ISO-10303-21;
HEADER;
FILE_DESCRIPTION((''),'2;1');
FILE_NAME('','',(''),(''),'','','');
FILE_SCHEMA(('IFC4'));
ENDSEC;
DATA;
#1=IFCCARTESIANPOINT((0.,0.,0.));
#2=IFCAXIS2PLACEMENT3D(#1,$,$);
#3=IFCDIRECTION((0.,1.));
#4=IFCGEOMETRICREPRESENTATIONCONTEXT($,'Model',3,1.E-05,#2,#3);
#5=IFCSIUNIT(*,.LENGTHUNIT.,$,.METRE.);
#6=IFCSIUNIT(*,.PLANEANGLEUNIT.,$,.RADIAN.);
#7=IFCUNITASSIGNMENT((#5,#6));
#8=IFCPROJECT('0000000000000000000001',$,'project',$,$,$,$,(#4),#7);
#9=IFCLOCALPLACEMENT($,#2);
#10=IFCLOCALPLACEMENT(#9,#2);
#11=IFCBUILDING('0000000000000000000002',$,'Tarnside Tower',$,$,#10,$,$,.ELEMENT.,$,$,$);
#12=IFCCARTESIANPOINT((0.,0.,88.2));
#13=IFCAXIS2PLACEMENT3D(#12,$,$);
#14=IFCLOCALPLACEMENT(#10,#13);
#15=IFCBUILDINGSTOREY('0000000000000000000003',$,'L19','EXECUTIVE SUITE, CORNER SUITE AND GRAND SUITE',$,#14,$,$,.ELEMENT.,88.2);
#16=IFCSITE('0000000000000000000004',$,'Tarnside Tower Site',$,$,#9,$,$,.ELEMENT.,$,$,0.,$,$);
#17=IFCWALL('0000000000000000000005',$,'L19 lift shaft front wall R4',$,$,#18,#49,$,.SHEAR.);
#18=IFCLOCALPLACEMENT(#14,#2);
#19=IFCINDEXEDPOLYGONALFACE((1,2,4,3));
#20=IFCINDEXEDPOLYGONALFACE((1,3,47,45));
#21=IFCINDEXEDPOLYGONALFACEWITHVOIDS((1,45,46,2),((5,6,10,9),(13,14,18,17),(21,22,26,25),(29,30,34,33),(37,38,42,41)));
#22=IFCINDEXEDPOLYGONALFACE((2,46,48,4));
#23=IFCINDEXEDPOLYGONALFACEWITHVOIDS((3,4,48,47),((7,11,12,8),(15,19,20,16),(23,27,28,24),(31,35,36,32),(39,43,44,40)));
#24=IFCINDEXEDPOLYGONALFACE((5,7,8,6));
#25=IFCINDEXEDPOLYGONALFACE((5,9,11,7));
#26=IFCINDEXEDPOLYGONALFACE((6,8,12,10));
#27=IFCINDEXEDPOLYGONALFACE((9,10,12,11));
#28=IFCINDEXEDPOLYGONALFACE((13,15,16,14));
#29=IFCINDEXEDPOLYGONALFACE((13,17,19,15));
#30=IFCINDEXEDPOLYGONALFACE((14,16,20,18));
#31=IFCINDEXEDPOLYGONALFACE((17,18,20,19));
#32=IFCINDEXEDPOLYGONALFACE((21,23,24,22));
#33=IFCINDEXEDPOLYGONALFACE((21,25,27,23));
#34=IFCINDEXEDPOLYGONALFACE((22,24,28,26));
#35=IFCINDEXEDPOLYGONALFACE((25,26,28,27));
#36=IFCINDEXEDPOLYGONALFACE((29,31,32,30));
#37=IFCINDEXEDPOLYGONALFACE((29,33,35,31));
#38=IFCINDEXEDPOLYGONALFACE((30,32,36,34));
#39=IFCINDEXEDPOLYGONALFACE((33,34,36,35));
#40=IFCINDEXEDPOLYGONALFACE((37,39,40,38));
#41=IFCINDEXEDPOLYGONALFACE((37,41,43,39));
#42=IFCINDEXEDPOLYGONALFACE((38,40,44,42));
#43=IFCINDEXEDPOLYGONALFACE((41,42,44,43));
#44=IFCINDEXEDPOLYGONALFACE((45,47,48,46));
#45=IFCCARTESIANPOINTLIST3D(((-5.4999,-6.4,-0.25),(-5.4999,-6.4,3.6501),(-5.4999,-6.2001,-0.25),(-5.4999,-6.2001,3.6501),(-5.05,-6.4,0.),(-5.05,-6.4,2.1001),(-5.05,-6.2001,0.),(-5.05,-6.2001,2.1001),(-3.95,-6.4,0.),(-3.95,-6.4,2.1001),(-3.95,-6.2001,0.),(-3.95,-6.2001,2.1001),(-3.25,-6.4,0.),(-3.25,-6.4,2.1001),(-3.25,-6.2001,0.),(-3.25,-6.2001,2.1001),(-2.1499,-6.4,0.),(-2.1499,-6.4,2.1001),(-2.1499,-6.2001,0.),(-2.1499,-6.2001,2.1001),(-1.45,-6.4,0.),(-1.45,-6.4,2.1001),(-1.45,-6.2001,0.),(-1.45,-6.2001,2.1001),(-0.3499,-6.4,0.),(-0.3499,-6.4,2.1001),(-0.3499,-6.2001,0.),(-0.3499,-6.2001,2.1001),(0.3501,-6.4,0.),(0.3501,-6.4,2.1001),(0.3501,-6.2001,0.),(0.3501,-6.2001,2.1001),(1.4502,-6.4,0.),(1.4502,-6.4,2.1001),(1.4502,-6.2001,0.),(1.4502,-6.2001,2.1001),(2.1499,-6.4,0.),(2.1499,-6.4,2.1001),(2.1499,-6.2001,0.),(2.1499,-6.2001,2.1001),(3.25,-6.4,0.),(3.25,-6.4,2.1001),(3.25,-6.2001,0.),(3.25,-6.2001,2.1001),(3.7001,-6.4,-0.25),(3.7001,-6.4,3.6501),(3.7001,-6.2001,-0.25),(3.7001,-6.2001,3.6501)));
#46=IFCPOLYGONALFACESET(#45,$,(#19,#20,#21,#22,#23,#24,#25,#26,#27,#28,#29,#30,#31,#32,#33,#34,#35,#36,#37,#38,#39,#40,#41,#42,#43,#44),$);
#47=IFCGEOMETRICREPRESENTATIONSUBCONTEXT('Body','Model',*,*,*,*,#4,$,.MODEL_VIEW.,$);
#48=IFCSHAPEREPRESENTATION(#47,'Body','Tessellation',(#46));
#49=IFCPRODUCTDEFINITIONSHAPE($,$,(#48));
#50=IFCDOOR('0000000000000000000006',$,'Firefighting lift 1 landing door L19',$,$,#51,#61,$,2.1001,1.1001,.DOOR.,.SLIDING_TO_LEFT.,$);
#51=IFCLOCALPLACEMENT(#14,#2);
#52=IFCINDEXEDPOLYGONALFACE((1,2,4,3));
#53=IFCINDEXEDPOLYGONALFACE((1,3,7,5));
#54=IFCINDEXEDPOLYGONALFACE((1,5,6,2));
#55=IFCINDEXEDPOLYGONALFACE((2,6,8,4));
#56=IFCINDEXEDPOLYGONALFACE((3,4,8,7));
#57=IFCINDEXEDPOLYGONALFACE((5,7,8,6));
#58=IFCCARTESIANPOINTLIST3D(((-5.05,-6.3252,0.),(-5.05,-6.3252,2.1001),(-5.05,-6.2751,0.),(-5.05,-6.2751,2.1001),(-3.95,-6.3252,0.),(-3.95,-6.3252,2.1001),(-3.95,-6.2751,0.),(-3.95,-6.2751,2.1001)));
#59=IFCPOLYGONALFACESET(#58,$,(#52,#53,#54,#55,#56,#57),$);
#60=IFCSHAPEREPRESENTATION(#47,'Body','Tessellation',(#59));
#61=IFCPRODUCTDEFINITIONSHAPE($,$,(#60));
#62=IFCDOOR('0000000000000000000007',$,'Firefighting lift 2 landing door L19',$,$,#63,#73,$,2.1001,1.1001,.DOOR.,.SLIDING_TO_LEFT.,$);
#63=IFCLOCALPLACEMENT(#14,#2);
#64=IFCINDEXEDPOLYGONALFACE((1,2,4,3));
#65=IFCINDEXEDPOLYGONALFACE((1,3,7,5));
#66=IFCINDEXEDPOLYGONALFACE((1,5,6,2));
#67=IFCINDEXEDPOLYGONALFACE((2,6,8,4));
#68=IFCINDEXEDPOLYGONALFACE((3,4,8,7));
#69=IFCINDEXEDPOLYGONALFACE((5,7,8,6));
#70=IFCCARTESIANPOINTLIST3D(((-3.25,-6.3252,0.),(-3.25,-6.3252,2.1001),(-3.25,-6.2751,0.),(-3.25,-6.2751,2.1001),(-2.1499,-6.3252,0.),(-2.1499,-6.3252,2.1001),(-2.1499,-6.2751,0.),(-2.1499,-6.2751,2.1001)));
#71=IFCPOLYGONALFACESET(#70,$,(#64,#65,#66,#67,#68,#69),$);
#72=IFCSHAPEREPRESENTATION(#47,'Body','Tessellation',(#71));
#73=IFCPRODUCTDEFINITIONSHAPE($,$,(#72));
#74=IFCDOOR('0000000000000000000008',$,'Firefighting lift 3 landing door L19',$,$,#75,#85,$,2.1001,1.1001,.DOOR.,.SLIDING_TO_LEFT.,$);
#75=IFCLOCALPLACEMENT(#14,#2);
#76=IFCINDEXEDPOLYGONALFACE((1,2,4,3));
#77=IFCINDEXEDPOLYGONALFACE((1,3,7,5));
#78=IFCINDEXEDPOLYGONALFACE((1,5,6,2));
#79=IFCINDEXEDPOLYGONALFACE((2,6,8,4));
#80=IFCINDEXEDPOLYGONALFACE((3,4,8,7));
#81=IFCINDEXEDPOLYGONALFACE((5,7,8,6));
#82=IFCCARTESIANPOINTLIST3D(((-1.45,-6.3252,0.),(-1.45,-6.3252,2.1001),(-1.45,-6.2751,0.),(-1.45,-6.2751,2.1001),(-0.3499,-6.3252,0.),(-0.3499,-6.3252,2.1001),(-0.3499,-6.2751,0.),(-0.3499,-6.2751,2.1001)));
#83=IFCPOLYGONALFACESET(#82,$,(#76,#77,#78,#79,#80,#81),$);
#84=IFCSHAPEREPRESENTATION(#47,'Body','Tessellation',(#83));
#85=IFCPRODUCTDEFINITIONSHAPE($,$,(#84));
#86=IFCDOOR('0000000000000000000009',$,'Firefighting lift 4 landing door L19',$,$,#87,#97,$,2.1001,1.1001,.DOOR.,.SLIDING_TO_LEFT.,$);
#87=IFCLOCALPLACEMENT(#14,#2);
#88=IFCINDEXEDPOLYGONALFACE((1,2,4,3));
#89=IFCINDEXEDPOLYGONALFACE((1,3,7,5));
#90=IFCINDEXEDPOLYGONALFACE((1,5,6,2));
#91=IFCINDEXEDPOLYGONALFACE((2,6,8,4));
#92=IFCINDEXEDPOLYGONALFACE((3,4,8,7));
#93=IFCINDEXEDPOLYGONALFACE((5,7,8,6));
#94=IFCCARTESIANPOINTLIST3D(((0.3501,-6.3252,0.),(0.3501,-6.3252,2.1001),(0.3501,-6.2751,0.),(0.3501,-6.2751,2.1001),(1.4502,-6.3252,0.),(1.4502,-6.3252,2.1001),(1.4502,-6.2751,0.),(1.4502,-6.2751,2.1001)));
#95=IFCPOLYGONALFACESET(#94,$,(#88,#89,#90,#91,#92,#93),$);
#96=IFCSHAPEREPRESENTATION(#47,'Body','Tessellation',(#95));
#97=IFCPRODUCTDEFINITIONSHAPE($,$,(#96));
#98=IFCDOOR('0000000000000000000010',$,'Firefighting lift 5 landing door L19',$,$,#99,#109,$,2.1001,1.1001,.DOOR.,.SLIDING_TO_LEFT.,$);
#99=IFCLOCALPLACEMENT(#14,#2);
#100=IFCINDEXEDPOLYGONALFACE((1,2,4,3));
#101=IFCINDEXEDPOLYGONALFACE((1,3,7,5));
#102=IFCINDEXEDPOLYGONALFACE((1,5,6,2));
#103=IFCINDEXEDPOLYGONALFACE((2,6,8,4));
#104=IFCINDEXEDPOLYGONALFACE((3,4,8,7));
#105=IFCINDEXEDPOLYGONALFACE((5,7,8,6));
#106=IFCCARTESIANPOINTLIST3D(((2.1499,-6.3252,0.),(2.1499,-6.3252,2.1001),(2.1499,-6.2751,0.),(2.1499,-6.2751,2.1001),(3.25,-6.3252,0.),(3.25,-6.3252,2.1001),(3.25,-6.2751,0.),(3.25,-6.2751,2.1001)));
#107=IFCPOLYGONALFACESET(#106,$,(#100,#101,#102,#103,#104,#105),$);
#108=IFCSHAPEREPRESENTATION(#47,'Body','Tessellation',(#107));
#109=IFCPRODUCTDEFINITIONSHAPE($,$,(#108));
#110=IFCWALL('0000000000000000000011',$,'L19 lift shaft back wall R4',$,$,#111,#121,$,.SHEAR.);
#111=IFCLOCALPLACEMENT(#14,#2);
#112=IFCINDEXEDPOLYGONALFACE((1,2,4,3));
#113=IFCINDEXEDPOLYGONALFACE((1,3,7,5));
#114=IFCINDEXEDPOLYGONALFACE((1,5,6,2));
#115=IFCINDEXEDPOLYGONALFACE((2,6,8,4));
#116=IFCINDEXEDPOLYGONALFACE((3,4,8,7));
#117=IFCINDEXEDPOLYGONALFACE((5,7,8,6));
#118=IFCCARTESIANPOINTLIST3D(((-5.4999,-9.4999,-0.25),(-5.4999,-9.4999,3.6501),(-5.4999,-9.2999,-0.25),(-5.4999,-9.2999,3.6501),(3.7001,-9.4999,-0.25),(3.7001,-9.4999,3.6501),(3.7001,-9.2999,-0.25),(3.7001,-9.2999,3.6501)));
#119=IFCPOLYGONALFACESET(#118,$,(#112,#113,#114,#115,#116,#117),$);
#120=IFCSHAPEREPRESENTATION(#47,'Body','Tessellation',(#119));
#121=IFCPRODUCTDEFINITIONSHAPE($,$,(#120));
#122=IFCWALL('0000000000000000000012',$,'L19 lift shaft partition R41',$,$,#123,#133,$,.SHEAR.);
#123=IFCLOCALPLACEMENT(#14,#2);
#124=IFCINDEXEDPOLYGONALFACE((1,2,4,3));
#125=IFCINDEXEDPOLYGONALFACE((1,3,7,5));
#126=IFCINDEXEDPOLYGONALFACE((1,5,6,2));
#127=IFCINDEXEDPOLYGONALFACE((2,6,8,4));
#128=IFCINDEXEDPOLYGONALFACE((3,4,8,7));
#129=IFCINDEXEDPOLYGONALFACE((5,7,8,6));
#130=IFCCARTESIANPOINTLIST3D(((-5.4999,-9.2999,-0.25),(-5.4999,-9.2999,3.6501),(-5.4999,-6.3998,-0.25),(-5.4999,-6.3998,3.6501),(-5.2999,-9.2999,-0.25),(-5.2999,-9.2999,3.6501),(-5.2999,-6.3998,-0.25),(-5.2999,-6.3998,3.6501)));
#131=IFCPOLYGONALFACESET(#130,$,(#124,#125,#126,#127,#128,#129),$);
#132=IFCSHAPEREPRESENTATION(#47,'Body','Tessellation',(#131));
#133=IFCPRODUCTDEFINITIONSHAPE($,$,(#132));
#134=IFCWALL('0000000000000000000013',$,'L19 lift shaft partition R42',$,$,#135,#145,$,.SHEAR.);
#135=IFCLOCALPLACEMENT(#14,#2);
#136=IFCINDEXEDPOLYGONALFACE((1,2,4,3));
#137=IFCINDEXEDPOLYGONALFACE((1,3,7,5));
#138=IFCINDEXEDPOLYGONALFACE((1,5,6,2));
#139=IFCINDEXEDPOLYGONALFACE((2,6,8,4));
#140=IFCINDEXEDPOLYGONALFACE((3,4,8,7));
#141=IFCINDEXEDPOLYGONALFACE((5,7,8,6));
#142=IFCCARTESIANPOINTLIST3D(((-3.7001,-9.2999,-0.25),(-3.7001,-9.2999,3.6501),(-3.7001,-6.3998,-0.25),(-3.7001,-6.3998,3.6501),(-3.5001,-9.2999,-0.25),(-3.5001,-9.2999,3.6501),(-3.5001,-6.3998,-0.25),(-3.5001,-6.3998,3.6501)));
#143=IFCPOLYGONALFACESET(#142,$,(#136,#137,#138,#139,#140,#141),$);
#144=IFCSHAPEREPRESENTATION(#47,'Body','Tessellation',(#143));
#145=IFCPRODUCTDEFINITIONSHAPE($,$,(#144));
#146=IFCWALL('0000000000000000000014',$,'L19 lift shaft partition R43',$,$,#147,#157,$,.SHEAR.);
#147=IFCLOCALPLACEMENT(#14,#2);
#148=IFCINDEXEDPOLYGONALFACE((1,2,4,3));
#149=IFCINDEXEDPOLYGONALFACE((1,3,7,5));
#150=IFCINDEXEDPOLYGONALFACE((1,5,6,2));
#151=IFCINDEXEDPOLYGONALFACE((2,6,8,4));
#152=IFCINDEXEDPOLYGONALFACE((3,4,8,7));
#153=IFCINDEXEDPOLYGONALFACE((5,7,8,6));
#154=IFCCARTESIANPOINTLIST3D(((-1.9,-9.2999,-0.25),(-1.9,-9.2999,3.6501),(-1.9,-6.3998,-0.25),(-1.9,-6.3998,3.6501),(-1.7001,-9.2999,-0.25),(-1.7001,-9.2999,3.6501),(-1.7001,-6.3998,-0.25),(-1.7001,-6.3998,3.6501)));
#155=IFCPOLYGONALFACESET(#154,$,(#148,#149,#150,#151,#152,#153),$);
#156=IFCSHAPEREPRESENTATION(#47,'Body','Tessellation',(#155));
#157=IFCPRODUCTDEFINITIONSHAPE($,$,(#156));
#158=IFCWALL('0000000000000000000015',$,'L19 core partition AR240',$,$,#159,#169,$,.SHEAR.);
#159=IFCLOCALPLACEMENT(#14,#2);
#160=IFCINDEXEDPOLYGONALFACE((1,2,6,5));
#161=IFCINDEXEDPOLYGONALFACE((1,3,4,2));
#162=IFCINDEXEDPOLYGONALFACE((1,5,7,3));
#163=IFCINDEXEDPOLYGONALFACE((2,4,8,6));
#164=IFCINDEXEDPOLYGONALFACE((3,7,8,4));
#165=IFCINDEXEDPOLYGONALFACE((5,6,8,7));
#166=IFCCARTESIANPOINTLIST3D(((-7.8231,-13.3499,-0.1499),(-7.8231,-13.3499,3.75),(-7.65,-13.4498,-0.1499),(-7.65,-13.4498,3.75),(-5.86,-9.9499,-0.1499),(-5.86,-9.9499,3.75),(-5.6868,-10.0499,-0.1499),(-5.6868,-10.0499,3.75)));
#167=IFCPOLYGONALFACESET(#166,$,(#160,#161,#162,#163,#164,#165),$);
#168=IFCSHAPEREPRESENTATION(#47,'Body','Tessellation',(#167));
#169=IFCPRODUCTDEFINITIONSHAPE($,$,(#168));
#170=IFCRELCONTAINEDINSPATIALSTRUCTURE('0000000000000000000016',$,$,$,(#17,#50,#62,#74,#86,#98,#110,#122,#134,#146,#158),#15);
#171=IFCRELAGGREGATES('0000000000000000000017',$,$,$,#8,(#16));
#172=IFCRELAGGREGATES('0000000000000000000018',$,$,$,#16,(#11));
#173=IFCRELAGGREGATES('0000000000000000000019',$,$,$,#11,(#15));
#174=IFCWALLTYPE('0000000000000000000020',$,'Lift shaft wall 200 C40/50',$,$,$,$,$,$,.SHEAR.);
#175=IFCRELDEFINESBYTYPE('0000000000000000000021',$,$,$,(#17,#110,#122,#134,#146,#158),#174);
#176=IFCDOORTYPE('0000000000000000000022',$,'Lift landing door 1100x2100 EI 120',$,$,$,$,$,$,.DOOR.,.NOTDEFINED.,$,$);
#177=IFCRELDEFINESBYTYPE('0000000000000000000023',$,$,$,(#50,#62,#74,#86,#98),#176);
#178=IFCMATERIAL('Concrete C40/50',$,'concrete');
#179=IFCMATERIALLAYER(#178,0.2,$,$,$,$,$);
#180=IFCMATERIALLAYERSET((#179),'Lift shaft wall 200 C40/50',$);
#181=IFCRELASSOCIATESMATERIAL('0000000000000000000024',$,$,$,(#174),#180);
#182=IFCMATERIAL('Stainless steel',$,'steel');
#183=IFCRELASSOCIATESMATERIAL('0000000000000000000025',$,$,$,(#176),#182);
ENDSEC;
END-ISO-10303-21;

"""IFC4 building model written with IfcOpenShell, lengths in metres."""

from ifc_helpers import new_model, si_unit, direction, frame, frame_2d, origin, place, context, subcontext, project, spatial, rectangle, extrude, material, layer, layer_set, type_object, element, fill, save


model = new_model("IFC4")

# Units and contexts
model_context = context("Model", 3, precision=1e-05, world=origin(), true_north=direction((0.0, 1.0)))
body_context = subcontext(model_context, "Body", "Model", "MODEL_VIEW")
ifc_project = project(units=[si_unit("LENGTHUNIT", "METRE"), si_unit("PLANEANGLEUNIT", "RADIAN")], contexts=[model_context])

# Site, building, storey
site_placement = place(None, origin())
site = spatial("IfcSite", under=ifc_project, at=site_placement, Name="Tarnside Tower Site", CompositionType="ELEMENT", RefElevation=0.0)
building_placement = place(site_placement, origin())
building = spatial("IfcBuilding", under=site, at=building_placement, Name="Tarnside Tower", CompositionType="ELEMENT")
storey_placement = place(building_placement, frame((0.0, 0.0, 88.2)))
storey = spatial("IfcBuildingStorey", under=building, at=storey_placement, Name="L19", Description="EXECUTIVE SUITE, CORNER SUITE AND GRAND SUITE", CompositionType="ELEMENT", Elevation=88.2)

# Wall, openings, doors
ifc_material_1 = material(Name="Concrete C40/50", Category="concrete")
ifc_layer_1 = layer(ifc_material_1, 0.2)
ifc_layer_set_1 = layer_set([ifc_layer_1], Name="Lift shaft wall 200 C40/50")
wall_type_1 = type_object("IfcWallType", Name="Lift shaft wall 200 C40/50", PredefinedType="SHEAR", material=ifc_layer_set_1)
wall_1_placement = place(storey_placement, frame((-5.5, -6.3, -0.25), z_axis=(0.0, 0.0, 1.0), x_axis=(1.0, 0.0, 0.0)))
wall_1 = element("IfcWall", 1, at=wall_1_placement, inside=storey, type_object=wall_type_1, Name="L19 lift shaft front wall R4", PredefinedType="SHEAR", context=body_context, shape_type="SweptSolid", body=[
    extrude(rectangle(XDim=9.2, YDim=0.2, at=frame_2d((4.6001, 0.0))), origin(), (0.0, 0.0, 1.0), 3.9001),
])
opening_1_placement = place(wall_1_placement, frame((0.45, 0.0, 0.25)))
opening_1 = element("IfcOpeningElement", 2, at=opening_1_placement, cuts=wall_1, PredefinedType="OPENING", context=body_context, shape_type="SweptSolid", body=[
    extrude(rectangle(XDim=1.1001, YDim=2.1001, at=frame_2d((0.55, 1.05))), frame((0.0, 0.1099, 0.0), z_axis=(0.0, -1.0, 0.0), x_axis=(1.0, 0.0, 0.0)), (0.0, 0.0, 1.0), 0.22),
])
opening_2_placement = place(wall_1_placement, frame((2.25, 0.0, 0.25)))
opening_2 = element("IfcOpeningElement", 3, at=opening_2_placement, cuts=wall_1, PredefinedType="OPENING", context=body_context, shape_type="SweptSolid", body=[
    extrude(rectangle(XDim=1.1001, YDim=2.1001, at=frame_2d((0.55, 1.05))), frame((0.0, 0.1099, 0.0), z_axis=(0.0, -1.0, 0.0), x_axis=(1.0, 0.0, 0.0)), (0.0, 0.0, 1.0), 0.22),
])
opening_3_placement = place(wall_1_placement, frame((4.05, 0.0, 0.25)))
opening_3 = element("IfcOpeningElement", 4, at=opening_3_placement, cuts=wall_1, PredefinedType="OPENING", context=body_context, shape_type="SweptSolid", body=[
    extrude(rectangle(XDim=1.1001, YDim=2.1001, at=frame_2d((0.55, 1.05))), frame((0.0, 0.1099, 0.0), z_axis=(0.0, -1.0, 0.0), x_axis=(1.0, 0.0, 0.0)), (0.0, 0.0, 1.0), 0.22),
])
opening_4_placement = place(wall_1_placement, frame((5.8501, 0.0, 0.25)))
opening_4 = element("IfcOpeningElement", 5, at=opening_4_placement, cuts=wall_1, PredefinedType="OPENING", context=body_context, shape_type="SweptSolid", body=[
    extrude(rectangle(XDim=1.1001, YDim=2.1001, at=frame_2d((0.55, 1.05))), frame((0.0, 0.1099, 0.0), z_axis=(0.0, -1.0, 0.0), x_axis=(1.0, 0.0, 0.0)), (0.0, 0.0, 1.0), 0.22),
])
opening_5_placement = place(wall_1_placement, frame((7.6499, 0.0, 0.25)))
opening_5 = element("IfcOpeningElement", 6, at=opening_5_placement, cuts=wall_1, PredefinedType="OPENING", context=body_context, shape_type="SweptSolid", body=[
    extrude(rectangle(XDim=1.1001, YDim=2.1001, at=frame_2d((0.55, 1.05))), frame((0.0, 0.1099, 0.0), z_axis=(0.0, -1.0, 0.0), x_axis=(1.0, 0.0, 0.0)), (0.0, 0.0, 1.0), 0.22),
])
ifc_material_2 = material(Name="Stainless steel", Category="steel")
door_type_1 = type_object("IfcDoorType", Name="Lift landing door 1100x2100 EI 120", OperationType="NOTDEFINED", PredefinedType="DOOR", material=ifc_material_2)
door_1_placement = place(opening_1_placement, origin())
door_1 = element("IfcDoor", 7, at=door_1_placement, inside=storey, type_object=door_type_1, Name="Firefighting lift 1 landing door L19", OperationType="SLIDING_TO_LEFT", OverallHeight=2.1001, OverallWidth=1.1001, PredefinedType="DOOR", context=body_context, shape_type="SweptSolid", body=[
    extrude(rectangle(XDim=1.1001, YDim=2.1001, at=frame_2d((0.55, 1.05))), frame((0.0, 0.0249, 0.0), z_axis=(0.0, -1.0, 0.0), x_axis=(1.0, 0.0, 0.0)), (0.0, 0.0, 1.0), 0.05),
])
fill(opening_1, door_1)
door_2_placement = place(opening_2_placement, origin())
door_2 = element("IfcDoor", 8, at=door_2_placement, inside=storey, type_object=door_type_1, Name="Firefighting lift 2 landing door L19", OperationType="SLIDING_TO_LEFT", OverallHeight=2.1001, OverallWidth=1.1001, PredefinedType="DOOR", context=body_context, shape_type="SweptSolid", body=[
    extrude(rectangle(XDim=1.1001, YDim=2.1001, at=frame_2d((0.55, 1.05))), frame((0.0, 0.0249, 0.0), z_axis=(0.0, -1.0, 0.0), x_axis=(1.0, 0.0, 0.0)), (0.0, 0.0, 1.0), 0.05),
])
fill(opening_2, door_2)
door_3_placement = place(opening_3_placement, origin())
door_3 = element("IfcDoor", 9, at=door_3_placement, inside=storey, type_object=door_type_1, Name="Firefighting lift 3 landing door L19", OperationType="SLIDING_TO_LEFT", OverallHeight=2.1001, OverallWidth=1.1001, PredefinedType="DOOR", context=body_context, shape_type="SweptSolid", body=[
    extrude(rectangle(XDim=1.1001, YDim=2.1001, at=frame_2d((0.55, 1.05))), frame((0.0, 0.0249, 0.0), z_axis=(0.0, -1.0, 0.0), x_axis=(1.0, 0.0, 0.0)), (0.0, 0.0, 1.0), 0.05),
])
fill(opening_3, door_3)
door_4_placement = place(opening_4_placement, origin())
door_4 = element("IfcDoor", 10, at=door_4_placement, inside=storey, type_object=door_type_1, Name="Firefighting lift 4 landing door L19", OperationType="SLIDING_TO_LEFT", OverallHeight=2.1001, OverallWidth=1.1001, PredefinedType="DOOR", context=body_context, shape_type="SweptSolid", body=[
    extrude(rectangle(XDim=1.1001, YDim=2.1001, at=frame_2d((0.55, 1.05))), frame((0.0, 0.0249, 0.0), z_axis=(0.0, -1.0, 0.0), x_axis=(1.0, 0.0, 0.0)), (0.0, 0.0, 1.0), 0.05),
])
fill(opening_4, door_4)
door_5_placement = place(opening_5_placement, origin())
door_5 = element("IfcDoor", 11, at=door_5_placement, inside=storey, type_object=door_type_1, Name="Firefighting lift 5 landing door L19", OperationType="SLIDING_TO_LEFT", OverallHeight=2.1001, OverallWidth=1.1001, PredefinedType="DOOR", context=body_context, shape_type="SweptSolid", body=[
    extrude(rectangle(XDim=1.1001, YDim=2.1001, at=frame_2d((0.55, 1.05))), frame((0.0, 0.0249, 0.0), z_axis=(0.0, -1.0, 0.0), x_axis=(1.0, 0.0, 0.0)), (0.0, 0.0, 1.0), 0.05),
])
fill(opening_5, door_5)

# Walls
wall_2_placement = place(storey_placement, frame((-5.5, -9.3999, -0.25), z_axis=(0.0, 0.0, 1.0), x_axis=(1.0, 0.0, 0.0)))
element("IfcWall", 12, at=wall_2_placement, inside=storey, type_object=wall_type_1, Name="L19 lift shaft back wall R4", PredefinedType="SHEAR", context=body_context, shape_type="SweptSolid", body=[
    extrude(rectangle(XDim=9.2, YDim=0.2, at=frame_2d((4.6001, 0.0))), origin(), (0.0, 0.0, 1.0), 3.9001),
])
for number, where, z_axis, x_axis, name in (
    (13, (-5.3999, -9.3, -0.25), (0.0, 0.0, 1.0), (0.0, 1.0, 0.0), "L19 lift shaft partition R41"),
    (14, (-3.6001, -9.3, -0.25), (0.0, 0.0, 1.0), (0.0, 1.0, 0.0), "L19 lift shaft partition R42"),
    (15, (-1.8, -9.3, -0.25), (0.0, 0.0, 1.0), (0.0, 1.0, 0.0), "L19 lift shaft partition R43"),
):
    element("IfcWall", number, at=place(storey_placement, frame(where, z_axis=z_axis, x_axis=x_axis)), inside=storey, type_object=wall_type_1, Name=name, PredefinedType="SHEAR", context=body_context, shape_type="SweptSolid", body=[
        extrude(rectangle(XDim=2.9001, YDim=0.2, at=frame_2d((1.4502, 0.0))), origin(), (0.0, 0.0, 1.0), 3.9001),
    ])
wall_3_placement = place(storey_placement, frame((-5.7734, -10.0, -0.1499), z_axis=(0.0, 0.0, 1.0), x_axis=(-0.500038, -0.866003, 0.0)))
element("IfcWall", 16, at=wall_3_placement, inside=storey, type_object=wall_type_1, Name="L19 core partition AR240", PredefinedType="SHEAR", context=body_context, shape_type="SweptSolid", body=[
    extrude(rectangle(XDim=3.926, YDim=0.2, at=frame_2d((1.9629, 0.0))), origin(), (0.0, 0.0, 1.0), 3.8999),
])

save(model, "model.ifc")
